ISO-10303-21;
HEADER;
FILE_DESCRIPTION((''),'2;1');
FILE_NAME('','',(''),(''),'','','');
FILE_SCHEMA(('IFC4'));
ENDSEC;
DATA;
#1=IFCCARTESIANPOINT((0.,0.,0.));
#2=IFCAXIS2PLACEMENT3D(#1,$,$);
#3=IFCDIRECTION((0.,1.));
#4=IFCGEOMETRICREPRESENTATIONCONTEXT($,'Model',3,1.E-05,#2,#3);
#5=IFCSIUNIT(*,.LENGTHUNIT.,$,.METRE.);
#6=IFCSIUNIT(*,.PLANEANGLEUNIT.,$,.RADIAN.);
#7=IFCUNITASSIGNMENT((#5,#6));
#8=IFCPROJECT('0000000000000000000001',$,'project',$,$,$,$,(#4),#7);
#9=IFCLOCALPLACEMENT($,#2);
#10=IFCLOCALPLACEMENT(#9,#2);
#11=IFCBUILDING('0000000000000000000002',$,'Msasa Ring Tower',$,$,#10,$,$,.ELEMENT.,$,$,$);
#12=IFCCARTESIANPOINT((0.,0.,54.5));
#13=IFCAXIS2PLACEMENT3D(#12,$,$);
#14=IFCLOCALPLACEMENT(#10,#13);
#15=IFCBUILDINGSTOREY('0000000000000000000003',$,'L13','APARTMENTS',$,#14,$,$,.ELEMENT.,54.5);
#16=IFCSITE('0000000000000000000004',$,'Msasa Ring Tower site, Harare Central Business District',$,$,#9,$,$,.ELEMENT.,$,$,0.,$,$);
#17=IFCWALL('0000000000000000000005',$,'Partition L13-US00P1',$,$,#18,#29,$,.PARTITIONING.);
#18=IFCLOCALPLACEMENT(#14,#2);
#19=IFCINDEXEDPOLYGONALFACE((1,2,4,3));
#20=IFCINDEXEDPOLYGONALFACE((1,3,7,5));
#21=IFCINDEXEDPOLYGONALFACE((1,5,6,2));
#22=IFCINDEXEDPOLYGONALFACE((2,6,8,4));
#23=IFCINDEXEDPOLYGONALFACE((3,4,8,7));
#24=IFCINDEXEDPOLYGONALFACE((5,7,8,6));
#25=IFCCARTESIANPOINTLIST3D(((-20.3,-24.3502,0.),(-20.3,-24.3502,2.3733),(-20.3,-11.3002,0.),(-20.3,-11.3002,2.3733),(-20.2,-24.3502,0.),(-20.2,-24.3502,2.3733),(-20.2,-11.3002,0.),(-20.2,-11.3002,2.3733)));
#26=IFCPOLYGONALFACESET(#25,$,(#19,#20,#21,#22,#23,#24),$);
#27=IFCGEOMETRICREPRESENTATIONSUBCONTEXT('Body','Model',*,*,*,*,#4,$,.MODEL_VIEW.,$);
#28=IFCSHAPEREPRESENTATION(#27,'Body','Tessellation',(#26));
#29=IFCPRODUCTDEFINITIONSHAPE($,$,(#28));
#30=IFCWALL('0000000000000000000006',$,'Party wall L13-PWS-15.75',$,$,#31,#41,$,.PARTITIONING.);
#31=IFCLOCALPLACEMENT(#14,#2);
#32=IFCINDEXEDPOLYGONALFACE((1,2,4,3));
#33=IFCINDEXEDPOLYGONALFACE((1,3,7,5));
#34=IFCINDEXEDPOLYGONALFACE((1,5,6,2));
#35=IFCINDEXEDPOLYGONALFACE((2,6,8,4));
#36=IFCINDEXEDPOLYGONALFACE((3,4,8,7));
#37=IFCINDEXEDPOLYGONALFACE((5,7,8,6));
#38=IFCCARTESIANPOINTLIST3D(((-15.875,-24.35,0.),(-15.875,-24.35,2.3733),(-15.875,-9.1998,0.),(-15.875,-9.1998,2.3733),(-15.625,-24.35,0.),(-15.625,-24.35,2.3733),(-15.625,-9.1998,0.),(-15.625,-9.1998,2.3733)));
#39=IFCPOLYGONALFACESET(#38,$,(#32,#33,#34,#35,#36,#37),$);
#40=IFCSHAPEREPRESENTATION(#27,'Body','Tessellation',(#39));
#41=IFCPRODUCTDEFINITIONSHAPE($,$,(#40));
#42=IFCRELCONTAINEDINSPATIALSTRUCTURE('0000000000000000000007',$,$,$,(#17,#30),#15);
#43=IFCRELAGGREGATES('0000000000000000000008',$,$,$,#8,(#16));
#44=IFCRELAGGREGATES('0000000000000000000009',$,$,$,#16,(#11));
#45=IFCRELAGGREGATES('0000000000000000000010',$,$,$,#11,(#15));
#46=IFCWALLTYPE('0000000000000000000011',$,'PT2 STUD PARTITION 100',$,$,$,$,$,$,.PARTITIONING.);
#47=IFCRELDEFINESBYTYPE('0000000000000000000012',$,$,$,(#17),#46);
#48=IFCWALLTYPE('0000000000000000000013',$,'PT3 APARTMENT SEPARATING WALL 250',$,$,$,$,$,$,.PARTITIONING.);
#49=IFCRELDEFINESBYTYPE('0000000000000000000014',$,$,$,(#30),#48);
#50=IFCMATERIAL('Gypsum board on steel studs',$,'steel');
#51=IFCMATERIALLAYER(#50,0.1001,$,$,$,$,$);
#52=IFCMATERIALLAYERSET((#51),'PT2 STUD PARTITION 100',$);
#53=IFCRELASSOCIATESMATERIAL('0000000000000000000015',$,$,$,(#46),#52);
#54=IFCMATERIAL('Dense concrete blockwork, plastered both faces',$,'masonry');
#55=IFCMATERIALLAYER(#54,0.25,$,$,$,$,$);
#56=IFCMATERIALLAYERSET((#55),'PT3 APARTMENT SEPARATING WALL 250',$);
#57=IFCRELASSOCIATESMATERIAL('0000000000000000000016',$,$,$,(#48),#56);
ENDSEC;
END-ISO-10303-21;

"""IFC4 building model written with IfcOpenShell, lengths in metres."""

from ifc_helpers import new_model, si_unit, direction, frame, frame_2d, origin, place, context, subcontext, project, spatial, rectangle, extrude, material, layer, layer_set, type_object, element, save


model = new_model("IFC4")

# Units and contexts
model_context = context("Model", 3, precision=1e-05, world=origin(), true_north=direction((0.0, 1.0)))
body_context = subcontext(model_context, "Body", "Model", "MODEL_VIEW")
ifc_project = project(units=[si_unit("LENGTHUNIT", "METRE"), si_unit("PLANEANGLEUNIT", "RADIAN")], contexts=[model_context])

# Site, building, storey
site_placement = place(None, origin())
site = spatial("IfcSite", under=ifc_project, at=site_placement, Name="Msasa Ring Tower site, Harare Central Business District", CompositionType="ELEMENT", RefElevation=0.0)
building_placement = place(site_placement, origin())
building = spatial("IfcBuilding", under=site, at=building_placement, Name="Msasa Ring Tower", CompositionType="ELEMENT")
storey_placement = place(building_placement, frame((0.0, 0.0, 54.5)))
storey = spatial("IfcBuildingStorey", under=building, at=storey_placement, Name="L13", Description="APARTMENTS", CompositionType="ELEMENT", Elevation=54.5)

# Walls
ifc_material_1 = material(Name="Gypsum board on steel studs", Category="steel")
ifc_layer_1 = layer(ifc_material_1, 0.1001)
ifc_layer_set_1 = layer_set([ifc_layer_1], Name="PT2 STUD PARTITION 100")
wall_type_1 = type_object("IfcWallType", Name="PT2 STUD PARTITION 100", PredefinedType="PARTITIONING", material=ifc_layer_set_1)
wall_1_placement = place(storey_placement, frame((-20.25, -24.3501, 0.0), z_axis=(0.0, 0.0, 1.0), x_axis=(0.0, 1.0, 0.0)))
element("IfcWall", 1, at=wall_1_placement, inside=storey, type_object=wall_type_1, Name="Partition L13-US00P1", PredefinedType="PARTITIONING", context=body_context, shape_type="SweptSolid", body=[
    extrude(rectangle(XDim=13.05, YDim=0.1001, at=frame_2d((6.5249, 0.0))), origin(), (0.0, 0.0, 1.0), 2.3733),
])
ifc_material_2 = material(Name="Dense concrete blockwork, plastered both faces", Category="masonry")
ifc_layer_2 = layer(ifc_material_2, 0.25)
ifc_layer_set_2 = layer_set([ifc_layer_2], Name="PT3 APARTMENT SEPARATING WALL 250")
wall_type_2 = type_object("IfcWallType", Name="PT3 APARTMENT SEPARATING WALL 250", PredefinedType="PARTITIONING", material=ifc_layer_set_2)
wall_2_placement = place(storey_placement, frame((-15.75, -24.3501, 0.0), z_axis=(0.0, 0.0, 1.0), x_axis=(0.0, 1.0, 0.0)))
element("IfcWall", 2, at=wall_2_placement, inside=storey, type_object=wall_type_2, Name="Party wall L13-PWS-15.75", PredefinedType="PARTITIONING", context=body_context, shape_type="SweptSolid", body=[
    extrude(rectangle(XDim=15.1501, YDim=0.25, at=frame_2d((7.5752, 0.0))), origin(), (0.0, 0.0, 1.0), 2.3733),
])

save(model, "model.ifc")
